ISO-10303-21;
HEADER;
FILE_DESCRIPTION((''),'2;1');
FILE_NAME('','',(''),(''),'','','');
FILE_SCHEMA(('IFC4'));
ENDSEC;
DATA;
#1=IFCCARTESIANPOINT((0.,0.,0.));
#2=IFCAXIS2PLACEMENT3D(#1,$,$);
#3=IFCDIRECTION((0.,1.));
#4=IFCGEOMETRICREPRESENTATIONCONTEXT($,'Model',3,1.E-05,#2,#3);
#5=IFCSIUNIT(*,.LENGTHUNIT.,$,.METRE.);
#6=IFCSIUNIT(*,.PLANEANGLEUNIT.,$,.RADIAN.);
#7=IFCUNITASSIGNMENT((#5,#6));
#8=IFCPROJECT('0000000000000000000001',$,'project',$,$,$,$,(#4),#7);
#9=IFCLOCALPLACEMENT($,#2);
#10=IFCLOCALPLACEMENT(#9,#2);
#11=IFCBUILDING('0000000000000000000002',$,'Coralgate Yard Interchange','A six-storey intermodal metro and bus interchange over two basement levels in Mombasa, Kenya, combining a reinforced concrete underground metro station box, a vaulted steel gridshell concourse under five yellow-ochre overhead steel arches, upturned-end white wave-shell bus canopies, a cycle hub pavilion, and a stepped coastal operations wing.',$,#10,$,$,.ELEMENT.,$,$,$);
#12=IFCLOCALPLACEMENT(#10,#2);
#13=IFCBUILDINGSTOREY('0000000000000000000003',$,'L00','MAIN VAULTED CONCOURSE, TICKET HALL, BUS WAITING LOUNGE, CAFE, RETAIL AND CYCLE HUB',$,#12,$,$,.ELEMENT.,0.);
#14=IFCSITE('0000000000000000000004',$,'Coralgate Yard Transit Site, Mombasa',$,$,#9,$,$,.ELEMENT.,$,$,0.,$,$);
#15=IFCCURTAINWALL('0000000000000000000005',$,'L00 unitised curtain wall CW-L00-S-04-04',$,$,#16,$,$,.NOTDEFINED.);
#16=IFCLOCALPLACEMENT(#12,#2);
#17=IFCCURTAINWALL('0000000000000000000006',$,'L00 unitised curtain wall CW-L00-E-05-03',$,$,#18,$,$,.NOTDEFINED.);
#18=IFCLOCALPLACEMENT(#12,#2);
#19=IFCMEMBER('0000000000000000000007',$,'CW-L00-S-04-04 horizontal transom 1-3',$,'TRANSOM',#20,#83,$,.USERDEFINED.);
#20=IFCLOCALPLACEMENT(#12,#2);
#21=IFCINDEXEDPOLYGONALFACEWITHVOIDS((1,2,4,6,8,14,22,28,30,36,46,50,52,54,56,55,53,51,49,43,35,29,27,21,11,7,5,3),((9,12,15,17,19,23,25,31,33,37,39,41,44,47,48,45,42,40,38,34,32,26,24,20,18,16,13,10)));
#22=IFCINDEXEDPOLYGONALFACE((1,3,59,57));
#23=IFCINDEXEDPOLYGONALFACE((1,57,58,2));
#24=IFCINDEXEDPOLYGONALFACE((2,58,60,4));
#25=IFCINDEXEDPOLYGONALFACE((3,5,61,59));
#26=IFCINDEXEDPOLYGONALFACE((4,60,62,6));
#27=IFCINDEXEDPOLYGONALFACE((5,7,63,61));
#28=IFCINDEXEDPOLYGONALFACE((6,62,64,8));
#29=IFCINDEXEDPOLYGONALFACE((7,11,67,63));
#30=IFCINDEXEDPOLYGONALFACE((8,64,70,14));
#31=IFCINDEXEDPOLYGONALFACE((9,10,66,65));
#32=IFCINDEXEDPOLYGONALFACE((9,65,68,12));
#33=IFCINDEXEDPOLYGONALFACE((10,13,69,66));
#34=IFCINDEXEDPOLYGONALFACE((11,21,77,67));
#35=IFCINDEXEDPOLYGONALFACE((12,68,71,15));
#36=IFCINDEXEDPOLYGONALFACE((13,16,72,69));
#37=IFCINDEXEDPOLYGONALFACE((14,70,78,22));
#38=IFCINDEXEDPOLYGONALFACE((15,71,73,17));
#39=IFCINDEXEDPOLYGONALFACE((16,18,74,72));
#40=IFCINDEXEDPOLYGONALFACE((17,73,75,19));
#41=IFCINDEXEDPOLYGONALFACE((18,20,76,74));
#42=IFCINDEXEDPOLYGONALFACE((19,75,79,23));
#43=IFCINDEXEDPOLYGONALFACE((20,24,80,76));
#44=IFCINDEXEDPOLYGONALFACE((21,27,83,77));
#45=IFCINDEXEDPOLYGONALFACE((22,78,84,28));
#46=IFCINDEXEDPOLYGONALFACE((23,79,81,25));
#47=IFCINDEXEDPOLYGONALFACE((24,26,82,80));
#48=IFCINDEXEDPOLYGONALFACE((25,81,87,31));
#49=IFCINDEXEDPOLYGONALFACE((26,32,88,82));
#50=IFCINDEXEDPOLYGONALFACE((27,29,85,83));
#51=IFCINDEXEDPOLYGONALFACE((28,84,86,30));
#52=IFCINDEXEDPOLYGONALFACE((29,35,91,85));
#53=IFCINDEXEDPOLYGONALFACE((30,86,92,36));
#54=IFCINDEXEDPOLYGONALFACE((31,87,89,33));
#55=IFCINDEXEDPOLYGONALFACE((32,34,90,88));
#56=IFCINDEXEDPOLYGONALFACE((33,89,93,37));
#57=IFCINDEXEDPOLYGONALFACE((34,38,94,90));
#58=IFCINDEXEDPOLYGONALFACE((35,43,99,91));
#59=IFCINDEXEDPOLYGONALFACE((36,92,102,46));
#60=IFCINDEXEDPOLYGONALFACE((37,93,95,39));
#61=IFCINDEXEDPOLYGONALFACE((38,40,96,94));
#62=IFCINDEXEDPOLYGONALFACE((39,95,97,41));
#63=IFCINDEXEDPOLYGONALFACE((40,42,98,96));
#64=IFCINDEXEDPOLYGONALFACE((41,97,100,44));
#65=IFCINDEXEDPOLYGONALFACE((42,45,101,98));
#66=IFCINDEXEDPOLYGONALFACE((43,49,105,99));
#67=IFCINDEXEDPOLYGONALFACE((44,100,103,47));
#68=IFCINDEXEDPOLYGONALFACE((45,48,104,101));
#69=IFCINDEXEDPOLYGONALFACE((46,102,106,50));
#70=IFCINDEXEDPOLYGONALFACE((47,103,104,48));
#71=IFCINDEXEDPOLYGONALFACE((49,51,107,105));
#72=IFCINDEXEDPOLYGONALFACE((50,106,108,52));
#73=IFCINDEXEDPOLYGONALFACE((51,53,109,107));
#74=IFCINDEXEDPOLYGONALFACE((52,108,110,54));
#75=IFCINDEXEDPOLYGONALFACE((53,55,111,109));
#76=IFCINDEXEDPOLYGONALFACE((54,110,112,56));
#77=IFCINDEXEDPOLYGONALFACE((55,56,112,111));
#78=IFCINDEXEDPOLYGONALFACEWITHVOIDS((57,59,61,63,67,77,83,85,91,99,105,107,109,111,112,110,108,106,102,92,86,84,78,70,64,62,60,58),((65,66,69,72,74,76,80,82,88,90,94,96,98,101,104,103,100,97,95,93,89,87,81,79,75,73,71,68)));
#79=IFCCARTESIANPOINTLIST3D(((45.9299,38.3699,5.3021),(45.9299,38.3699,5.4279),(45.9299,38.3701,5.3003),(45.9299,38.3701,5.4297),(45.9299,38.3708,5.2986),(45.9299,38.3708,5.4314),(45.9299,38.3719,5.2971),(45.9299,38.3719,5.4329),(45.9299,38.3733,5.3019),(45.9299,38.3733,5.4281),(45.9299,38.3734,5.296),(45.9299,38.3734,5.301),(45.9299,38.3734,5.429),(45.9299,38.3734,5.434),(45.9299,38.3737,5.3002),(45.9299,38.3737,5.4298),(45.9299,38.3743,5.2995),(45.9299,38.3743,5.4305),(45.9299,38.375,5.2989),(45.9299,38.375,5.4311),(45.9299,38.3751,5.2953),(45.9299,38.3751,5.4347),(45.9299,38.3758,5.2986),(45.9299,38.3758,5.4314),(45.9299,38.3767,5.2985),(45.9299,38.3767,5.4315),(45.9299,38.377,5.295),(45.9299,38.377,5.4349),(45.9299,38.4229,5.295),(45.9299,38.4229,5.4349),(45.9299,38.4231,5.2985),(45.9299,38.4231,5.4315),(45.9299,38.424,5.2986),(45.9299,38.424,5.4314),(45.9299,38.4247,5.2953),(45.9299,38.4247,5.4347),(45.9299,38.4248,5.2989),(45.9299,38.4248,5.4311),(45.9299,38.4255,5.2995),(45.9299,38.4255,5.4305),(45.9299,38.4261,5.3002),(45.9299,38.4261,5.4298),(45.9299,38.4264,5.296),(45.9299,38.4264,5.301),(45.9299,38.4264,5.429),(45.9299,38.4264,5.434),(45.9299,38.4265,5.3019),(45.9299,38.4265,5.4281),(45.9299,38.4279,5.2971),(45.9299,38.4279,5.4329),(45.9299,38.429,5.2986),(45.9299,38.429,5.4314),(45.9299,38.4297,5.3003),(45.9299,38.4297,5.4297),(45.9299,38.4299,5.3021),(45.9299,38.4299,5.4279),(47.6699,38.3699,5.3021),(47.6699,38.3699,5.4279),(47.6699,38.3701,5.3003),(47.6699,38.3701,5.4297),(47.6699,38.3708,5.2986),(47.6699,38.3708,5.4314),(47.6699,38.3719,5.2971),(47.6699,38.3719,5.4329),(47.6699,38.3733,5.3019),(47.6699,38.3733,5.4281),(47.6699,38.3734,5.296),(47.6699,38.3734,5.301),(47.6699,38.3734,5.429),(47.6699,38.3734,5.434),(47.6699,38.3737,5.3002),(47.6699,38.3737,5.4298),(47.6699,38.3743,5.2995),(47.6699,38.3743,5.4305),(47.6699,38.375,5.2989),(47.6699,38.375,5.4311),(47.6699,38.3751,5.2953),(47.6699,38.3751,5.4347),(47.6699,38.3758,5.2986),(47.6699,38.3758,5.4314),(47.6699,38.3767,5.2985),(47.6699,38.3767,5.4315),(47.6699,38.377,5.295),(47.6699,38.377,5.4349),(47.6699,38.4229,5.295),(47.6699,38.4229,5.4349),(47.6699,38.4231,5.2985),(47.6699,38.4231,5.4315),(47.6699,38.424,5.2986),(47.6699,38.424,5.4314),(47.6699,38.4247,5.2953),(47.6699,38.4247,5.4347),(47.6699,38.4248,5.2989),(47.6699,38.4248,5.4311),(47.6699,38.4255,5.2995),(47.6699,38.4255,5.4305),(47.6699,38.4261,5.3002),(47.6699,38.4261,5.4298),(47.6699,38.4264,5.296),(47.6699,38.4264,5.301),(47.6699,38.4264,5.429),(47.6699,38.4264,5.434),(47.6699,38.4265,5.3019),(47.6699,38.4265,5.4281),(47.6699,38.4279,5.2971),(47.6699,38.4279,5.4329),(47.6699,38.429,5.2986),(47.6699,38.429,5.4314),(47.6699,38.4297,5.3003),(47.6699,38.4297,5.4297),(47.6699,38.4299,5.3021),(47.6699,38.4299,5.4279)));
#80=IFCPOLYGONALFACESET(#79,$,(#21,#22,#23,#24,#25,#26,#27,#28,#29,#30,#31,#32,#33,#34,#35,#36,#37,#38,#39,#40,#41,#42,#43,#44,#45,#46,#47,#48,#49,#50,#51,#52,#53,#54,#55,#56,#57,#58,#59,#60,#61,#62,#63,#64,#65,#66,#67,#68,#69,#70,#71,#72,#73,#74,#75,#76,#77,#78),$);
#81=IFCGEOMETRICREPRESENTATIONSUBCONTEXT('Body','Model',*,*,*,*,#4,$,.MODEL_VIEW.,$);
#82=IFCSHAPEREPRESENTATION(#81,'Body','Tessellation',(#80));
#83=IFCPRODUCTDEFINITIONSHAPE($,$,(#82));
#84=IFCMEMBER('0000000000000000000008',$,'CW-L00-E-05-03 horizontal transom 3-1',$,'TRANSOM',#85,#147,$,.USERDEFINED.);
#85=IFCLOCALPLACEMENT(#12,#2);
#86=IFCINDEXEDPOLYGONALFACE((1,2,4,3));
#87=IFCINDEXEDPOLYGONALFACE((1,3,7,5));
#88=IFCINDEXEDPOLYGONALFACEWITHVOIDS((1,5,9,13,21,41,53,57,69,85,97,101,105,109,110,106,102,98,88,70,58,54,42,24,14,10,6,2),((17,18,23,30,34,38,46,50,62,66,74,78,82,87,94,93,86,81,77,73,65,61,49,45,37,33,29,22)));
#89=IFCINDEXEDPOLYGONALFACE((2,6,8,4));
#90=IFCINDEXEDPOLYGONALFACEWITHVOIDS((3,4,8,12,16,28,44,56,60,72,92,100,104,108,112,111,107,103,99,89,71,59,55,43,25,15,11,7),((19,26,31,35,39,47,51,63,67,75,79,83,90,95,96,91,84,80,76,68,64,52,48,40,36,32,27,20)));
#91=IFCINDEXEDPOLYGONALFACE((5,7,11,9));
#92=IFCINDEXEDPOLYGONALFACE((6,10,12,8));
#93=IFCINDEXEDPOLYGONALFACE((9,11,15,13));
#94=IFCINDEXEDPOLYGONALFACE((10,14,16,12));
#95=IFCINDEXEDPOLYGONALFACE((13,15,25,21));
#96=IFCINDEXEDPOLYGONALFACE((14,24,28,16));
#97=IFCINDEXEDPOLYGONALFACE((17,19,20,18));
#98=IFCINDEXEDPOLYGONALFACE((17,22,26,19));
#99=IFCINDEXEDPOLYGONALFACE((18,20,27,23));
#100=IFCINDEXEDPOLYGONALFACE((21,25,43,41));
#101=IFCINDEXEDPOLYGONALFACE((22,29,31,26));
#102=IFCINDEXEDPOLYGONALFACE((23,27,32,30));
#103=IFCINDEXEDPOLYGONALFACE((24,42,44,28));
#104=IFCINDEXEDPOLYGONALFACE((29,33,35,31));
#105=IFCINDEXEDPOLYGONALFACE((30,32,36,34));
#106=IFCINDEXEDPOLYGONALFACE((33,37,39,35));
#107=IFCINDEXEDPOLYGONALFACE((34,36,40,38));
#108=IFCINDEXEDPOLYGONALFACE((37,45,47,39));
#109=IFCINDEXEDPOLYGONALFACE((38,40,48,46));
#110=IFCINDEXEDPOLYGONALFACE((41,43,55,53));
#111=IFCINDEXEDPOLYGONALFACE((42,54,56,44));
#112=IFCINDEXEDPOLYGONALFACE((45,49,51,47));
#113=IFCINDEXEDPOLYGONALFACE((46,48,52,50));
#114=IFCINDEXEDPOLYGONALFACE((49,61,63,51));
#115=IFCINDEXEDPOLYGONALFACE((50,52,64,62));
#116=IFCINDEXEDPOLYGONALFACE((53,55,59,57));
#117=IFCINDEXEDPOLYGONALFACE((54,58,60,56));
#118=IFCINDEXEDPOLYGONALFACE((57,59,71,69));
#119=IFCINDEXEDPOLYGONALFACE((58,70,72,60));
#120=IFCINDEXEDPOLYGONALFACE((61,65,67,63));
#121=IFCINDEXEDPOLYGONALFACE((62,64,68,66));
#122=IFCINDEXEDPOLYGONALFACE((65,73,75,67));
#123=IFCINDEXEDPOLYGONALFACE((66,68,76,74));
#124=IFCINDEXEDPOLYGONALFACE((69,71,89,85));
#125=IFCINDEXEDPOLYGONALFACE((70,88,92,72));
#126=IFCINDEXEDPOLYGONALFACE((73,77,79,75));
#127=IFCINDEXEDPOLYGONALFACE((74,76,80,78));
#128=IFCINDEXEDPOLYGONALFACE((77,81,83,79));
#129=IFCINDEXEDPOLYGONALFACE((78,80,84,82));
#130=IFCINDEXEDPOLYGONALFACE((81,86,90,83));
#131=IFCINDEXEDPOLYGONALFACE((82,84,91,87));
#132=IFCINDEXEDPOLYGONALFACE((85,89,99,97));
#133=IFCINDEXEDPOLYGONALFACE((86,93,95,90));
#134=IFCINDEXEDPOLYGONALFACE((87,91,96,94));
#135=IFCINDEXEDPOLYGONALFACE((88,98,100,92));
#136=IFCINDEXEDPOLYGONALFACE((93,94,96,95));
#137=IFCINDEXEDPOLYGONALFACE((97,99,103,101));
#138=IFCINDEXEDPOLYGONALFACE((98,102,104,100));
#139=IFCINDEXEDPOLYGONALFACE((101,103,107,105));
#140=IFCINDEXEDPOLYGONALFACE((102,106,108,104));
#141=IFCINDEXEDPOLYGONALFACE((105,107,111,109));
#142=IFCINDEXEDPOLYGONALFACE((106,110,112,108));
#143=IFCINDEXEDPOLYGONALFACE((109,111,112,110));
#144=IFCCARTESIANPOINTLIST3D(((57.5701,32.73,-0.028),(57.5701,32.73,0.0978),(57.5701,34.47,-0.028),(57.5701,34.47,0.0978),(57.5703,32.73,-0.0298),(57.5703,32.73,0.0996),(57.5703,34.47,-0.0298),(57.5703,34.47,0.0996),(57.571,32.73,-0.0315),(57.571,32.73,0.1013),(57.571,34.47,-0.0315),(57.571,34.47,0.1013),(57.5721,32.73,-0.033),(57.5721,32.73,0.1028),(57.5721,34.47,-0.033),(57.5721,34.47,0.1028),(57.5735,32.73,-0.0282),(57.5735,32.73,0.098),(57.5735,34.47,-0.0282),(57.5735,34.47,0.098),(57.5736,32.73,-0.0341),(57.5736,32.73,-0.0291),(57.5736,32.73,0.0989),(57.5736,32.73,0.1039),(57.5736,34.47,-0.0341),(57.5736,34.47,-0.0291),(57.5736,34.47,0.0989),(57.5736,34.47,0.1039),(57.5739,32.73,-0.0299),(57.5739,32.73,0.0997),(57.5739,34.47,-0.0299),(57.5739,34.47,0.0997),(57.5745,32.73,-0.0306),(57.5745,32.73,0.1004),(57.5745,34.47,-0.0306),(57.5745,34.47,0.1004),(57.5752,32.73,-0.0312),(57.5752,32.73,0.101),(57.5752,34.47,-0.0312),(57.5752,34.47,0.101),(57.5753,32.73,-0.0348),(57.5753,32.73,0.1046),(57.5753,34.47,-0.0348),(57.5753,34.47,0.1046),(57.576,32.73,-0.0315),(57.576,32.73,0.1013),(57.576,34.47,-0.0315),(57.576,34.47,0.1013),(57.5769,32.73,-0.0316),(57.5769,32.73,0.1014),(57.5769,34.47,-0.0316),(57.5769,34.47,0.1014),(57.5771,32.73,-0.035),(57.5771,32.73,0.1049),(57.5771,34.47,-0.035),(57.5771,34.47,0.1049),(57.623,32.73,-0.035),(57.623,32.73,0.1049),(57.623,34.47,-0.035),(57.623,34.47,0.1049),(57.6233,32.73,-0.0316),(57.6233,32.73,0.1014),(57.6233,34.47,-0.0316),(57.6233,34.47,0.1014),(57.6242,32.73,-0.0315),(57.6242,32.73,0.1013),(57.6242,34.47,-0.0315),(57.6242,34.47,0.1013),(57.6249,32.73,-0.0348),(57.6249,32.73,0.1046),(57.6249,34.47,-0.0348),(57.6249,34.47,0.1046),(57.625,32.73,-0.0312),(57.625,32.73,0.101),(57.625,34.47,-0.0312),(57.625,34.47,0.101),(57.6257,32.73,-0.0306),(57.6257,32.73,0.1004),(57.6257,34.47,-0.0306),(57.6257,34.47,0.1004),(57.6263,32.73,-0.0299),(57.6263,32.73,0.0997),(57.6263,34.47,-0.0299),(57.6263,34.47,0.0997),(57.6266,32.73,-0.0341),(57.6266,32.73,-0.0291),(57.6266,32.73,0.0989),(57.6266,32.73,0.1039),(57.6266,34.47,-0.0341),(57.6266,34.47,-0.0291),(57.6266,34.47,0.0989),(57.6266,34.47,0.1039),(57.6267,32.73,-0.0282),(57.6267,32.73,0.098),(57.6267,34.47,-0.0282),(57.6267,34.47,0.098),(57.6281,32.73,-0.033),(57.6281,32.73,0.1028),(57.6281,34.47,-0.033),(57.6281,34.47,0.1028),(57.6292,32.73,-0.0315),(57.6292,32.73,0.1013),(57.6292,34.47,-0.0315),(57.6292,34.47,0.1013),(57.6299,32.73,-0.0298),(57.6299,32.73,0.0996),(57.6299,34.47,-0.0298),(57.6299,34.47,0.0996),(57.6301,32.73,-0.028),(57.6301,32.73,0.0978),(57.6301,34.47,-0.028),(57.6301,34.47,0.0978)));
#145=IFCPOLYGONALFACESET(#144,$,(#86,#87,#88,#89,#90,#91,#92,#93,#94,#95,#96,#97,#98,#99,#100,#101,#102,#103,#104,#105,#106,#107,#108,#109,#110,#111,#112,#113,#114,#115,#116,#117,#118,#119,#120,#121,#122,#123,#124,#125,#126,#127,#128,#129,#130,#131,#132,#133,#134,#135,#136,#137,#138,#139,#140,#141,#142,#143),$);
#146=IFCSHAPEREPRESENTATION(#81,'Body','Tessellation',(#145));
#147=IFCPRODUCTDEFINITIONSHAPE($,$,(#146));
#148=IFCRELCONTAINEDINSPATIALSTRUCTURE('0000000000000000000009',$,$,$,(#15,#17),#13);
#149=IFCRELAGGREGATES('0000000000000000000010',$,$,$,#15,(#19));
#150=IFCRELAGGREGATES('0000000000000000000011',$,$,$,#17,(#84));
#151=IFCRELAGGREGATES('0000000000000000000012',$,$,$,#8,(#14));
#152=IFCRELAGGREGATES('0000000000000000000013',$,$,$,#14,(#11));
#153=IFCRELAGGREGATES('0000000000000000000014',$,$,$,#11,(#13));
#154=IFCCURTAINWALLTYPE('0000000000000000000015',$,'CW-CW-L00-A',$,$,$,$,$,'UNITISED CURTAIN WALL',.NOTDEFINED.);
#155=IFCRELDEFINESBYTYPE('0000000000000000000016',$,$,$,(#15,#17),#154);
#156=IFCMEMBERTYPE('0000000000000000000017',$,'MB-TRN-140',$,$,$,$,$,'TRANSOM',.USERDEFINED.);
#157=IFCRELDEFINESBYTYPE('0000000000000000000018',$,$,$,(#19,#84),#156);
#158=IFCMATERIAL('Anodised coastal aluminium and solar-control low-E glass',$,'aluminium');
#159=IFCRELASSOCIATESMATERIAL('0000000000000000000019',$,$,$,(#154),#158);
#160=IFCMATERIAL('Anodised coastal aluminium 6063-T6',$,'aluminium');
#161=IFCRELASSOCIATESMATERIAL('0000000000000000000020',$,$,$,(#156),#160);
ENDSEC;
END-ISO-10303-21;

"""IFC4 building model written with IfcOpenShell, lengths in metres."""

from ifc_helpers import new_model, si_unit, direction, frame, origin, origin_2d, place, context, subcontext, project, spatial, hollow_rectangle, extrude, material, material_profile, profile_set, type_object, element, aggregate, save


model = new_model("IFC4")

# Units and contexts
model_context = context("Model", 3, precision=1e-05, world=origin(), true_north=direction((0.0, 1.0)))
body_context = subcontext(model_context, "Body", "Model", "MODEL_VIEW")
ifc_project = project(units=[si_unit("LENGTHUNIT", "METRE"), si_unit("PLANEANGLEUNIT", "RADIAN")], contexts=[model_context])

# Site, building, storey
site_placement = place(None, origin())
site = spatial("IfcSite", under=ifc_project, at=site_placement, Name="Coralgate Yard Transit Site, Mombasa", CompositionType="ELEMENT", RefElevation=0.0)
building_placement = place(site_placement, origin())
building = spatial("IfcBuilding", under=site, at=building_placement, Name="Coralgate Yard Interchange", Description="A six-storey intermodal metro and bus interchange over two basement levels in Mombasa, Kenya, combining a reinforced concrete underground metro station box, a vaulted steel gridshell concourse under five yellow-ochre overhead steel arches, upturned-end white wave-shell bus canopies, a cycle hub pavilion, and a stepped coastal operations wing.", CompositionType="ELEMENT")
storey_placement = place(building_placement, origin())
storey = spatial("IfcBuildingStorey", under=building, at=storey_placement, Name="L00", Description="MAIN VAULTED CONCOURSE, TICKET HALL, BUS WAITING LOUNGE, CAFE, RETAIL AND CYCLE HUB", CompositionType="ELEMENT", Elevation=0.0)

# Curtain wall
ifc_material_1 = material(Name="Anodised coastal aluminium and solar-control low-E glass", Category="aluminium")
curtain_wall_type = type_object("IfcCurtainWallType", Name="CW-CW-L00-A", ElementType="UNITISED CURTAIN WALL", PredefinedType="NOTDEFINED", material=ifc_material_1)
curtain_wall_1_placement = place(storey_placement, origin())
curtain_wall_1 = element("IfcCurtainWall", 1, at=curtain_wall_1_placement, inside=storey, type_object=curtain_wall_type, Name="L00 unitised curtain wall CW-L00-S-04-04", PredefinedType="NOTDEFINED")
ifc_material_2 = material(Name="Anodised coastal aluminium 6063-T6", Category="aluminium")

# Curtain wall
curtain_wall_2_placement = place(storey_placement, origin())
curtain_wall_2 = element("IfcCurtainWall", 2, at=curtain_wall_2_placement, inside=storey, type_object=curtain_wall_type, Name="L00 unitised curtain wall CW-L00-E-05-03", PredefinedType="NOTDEFINED")

# Members
ifc_material_profile_1 = material_profile(ifc_material_2, hollow_rectangle(XDim=0.0601, YDim=0.1399, WallThickness=0.0034, InnerFilletRadius=0.0034, OuterFilletRadius=0.0071, at=origin_2d()), Name="ALU 60x140x3.5")
ifc_profile_set_1 = profile_set([ifc_material_profile_1], Name="Anodised coastal aluminium 6063-T6")
member_type_1 = type_object("IfcMemberType", Name="MB-TRN-140", ElementType="TRANSOM", PredefinedType="USERDEFINED", material=ifc_profile_set_1)
member_1_placement = place(storey_placement, frame((47.6699, 38.3999, 5.365), z_axis=(-1.0, 0.0, 0.0), x_axis=(0.0, -1.0, 0.0)))
member_1 = element("IfcMember", 3, at=member_1_placement, type_object=member_type_1, Name="CW-L00-S-04-04 horizontal transom 1-3", ObjectType="TRANSOM", PredefinedType="USERDEFINED", context=body_context, shape_type="SweptSolid", body=[
    extrude(hollow_rectangle(XDim=0.0601, YDim=0.1399, WallThickness=0.0034, InnerFilletRadius=0.0034, OuterFilletRadius=0.0071, at=origin_2d()), origin(), (0.0, 0.0, 1.0), 1.74),
])
member_2_placement = place(storey_placement, frame((57.6001, 34.47, 0.0349), z_axis=(0.0, -1.0, 0.0), x_axis=(1.0, 0.0, 0.0)))
member_2 = element("IfcMember", 4, at=member_2_placement, type_object=member_type_1, Name="CW-L00-E-05-03 horizontal transom 3-1", ObjectType="TRANSOM", PredefinedType="USERDEFINED", context=body_context, shape_type="SweptSolid", body=[
    extrude(hollow_rectangle(XDim=0.0601, YDim=0.1399, WallThickness=0.0034, InnerFilletRadius=0.0034, OuterFilletRadius=0.0071, at=origin_2d()), origin(), (0.0, 0.0, 1.0), 1.74),
])

aggregate(curtain_wall_1, [member_1])
aggregate(curtain_wall_2, [member_2])

save(model, "model.ifc")
